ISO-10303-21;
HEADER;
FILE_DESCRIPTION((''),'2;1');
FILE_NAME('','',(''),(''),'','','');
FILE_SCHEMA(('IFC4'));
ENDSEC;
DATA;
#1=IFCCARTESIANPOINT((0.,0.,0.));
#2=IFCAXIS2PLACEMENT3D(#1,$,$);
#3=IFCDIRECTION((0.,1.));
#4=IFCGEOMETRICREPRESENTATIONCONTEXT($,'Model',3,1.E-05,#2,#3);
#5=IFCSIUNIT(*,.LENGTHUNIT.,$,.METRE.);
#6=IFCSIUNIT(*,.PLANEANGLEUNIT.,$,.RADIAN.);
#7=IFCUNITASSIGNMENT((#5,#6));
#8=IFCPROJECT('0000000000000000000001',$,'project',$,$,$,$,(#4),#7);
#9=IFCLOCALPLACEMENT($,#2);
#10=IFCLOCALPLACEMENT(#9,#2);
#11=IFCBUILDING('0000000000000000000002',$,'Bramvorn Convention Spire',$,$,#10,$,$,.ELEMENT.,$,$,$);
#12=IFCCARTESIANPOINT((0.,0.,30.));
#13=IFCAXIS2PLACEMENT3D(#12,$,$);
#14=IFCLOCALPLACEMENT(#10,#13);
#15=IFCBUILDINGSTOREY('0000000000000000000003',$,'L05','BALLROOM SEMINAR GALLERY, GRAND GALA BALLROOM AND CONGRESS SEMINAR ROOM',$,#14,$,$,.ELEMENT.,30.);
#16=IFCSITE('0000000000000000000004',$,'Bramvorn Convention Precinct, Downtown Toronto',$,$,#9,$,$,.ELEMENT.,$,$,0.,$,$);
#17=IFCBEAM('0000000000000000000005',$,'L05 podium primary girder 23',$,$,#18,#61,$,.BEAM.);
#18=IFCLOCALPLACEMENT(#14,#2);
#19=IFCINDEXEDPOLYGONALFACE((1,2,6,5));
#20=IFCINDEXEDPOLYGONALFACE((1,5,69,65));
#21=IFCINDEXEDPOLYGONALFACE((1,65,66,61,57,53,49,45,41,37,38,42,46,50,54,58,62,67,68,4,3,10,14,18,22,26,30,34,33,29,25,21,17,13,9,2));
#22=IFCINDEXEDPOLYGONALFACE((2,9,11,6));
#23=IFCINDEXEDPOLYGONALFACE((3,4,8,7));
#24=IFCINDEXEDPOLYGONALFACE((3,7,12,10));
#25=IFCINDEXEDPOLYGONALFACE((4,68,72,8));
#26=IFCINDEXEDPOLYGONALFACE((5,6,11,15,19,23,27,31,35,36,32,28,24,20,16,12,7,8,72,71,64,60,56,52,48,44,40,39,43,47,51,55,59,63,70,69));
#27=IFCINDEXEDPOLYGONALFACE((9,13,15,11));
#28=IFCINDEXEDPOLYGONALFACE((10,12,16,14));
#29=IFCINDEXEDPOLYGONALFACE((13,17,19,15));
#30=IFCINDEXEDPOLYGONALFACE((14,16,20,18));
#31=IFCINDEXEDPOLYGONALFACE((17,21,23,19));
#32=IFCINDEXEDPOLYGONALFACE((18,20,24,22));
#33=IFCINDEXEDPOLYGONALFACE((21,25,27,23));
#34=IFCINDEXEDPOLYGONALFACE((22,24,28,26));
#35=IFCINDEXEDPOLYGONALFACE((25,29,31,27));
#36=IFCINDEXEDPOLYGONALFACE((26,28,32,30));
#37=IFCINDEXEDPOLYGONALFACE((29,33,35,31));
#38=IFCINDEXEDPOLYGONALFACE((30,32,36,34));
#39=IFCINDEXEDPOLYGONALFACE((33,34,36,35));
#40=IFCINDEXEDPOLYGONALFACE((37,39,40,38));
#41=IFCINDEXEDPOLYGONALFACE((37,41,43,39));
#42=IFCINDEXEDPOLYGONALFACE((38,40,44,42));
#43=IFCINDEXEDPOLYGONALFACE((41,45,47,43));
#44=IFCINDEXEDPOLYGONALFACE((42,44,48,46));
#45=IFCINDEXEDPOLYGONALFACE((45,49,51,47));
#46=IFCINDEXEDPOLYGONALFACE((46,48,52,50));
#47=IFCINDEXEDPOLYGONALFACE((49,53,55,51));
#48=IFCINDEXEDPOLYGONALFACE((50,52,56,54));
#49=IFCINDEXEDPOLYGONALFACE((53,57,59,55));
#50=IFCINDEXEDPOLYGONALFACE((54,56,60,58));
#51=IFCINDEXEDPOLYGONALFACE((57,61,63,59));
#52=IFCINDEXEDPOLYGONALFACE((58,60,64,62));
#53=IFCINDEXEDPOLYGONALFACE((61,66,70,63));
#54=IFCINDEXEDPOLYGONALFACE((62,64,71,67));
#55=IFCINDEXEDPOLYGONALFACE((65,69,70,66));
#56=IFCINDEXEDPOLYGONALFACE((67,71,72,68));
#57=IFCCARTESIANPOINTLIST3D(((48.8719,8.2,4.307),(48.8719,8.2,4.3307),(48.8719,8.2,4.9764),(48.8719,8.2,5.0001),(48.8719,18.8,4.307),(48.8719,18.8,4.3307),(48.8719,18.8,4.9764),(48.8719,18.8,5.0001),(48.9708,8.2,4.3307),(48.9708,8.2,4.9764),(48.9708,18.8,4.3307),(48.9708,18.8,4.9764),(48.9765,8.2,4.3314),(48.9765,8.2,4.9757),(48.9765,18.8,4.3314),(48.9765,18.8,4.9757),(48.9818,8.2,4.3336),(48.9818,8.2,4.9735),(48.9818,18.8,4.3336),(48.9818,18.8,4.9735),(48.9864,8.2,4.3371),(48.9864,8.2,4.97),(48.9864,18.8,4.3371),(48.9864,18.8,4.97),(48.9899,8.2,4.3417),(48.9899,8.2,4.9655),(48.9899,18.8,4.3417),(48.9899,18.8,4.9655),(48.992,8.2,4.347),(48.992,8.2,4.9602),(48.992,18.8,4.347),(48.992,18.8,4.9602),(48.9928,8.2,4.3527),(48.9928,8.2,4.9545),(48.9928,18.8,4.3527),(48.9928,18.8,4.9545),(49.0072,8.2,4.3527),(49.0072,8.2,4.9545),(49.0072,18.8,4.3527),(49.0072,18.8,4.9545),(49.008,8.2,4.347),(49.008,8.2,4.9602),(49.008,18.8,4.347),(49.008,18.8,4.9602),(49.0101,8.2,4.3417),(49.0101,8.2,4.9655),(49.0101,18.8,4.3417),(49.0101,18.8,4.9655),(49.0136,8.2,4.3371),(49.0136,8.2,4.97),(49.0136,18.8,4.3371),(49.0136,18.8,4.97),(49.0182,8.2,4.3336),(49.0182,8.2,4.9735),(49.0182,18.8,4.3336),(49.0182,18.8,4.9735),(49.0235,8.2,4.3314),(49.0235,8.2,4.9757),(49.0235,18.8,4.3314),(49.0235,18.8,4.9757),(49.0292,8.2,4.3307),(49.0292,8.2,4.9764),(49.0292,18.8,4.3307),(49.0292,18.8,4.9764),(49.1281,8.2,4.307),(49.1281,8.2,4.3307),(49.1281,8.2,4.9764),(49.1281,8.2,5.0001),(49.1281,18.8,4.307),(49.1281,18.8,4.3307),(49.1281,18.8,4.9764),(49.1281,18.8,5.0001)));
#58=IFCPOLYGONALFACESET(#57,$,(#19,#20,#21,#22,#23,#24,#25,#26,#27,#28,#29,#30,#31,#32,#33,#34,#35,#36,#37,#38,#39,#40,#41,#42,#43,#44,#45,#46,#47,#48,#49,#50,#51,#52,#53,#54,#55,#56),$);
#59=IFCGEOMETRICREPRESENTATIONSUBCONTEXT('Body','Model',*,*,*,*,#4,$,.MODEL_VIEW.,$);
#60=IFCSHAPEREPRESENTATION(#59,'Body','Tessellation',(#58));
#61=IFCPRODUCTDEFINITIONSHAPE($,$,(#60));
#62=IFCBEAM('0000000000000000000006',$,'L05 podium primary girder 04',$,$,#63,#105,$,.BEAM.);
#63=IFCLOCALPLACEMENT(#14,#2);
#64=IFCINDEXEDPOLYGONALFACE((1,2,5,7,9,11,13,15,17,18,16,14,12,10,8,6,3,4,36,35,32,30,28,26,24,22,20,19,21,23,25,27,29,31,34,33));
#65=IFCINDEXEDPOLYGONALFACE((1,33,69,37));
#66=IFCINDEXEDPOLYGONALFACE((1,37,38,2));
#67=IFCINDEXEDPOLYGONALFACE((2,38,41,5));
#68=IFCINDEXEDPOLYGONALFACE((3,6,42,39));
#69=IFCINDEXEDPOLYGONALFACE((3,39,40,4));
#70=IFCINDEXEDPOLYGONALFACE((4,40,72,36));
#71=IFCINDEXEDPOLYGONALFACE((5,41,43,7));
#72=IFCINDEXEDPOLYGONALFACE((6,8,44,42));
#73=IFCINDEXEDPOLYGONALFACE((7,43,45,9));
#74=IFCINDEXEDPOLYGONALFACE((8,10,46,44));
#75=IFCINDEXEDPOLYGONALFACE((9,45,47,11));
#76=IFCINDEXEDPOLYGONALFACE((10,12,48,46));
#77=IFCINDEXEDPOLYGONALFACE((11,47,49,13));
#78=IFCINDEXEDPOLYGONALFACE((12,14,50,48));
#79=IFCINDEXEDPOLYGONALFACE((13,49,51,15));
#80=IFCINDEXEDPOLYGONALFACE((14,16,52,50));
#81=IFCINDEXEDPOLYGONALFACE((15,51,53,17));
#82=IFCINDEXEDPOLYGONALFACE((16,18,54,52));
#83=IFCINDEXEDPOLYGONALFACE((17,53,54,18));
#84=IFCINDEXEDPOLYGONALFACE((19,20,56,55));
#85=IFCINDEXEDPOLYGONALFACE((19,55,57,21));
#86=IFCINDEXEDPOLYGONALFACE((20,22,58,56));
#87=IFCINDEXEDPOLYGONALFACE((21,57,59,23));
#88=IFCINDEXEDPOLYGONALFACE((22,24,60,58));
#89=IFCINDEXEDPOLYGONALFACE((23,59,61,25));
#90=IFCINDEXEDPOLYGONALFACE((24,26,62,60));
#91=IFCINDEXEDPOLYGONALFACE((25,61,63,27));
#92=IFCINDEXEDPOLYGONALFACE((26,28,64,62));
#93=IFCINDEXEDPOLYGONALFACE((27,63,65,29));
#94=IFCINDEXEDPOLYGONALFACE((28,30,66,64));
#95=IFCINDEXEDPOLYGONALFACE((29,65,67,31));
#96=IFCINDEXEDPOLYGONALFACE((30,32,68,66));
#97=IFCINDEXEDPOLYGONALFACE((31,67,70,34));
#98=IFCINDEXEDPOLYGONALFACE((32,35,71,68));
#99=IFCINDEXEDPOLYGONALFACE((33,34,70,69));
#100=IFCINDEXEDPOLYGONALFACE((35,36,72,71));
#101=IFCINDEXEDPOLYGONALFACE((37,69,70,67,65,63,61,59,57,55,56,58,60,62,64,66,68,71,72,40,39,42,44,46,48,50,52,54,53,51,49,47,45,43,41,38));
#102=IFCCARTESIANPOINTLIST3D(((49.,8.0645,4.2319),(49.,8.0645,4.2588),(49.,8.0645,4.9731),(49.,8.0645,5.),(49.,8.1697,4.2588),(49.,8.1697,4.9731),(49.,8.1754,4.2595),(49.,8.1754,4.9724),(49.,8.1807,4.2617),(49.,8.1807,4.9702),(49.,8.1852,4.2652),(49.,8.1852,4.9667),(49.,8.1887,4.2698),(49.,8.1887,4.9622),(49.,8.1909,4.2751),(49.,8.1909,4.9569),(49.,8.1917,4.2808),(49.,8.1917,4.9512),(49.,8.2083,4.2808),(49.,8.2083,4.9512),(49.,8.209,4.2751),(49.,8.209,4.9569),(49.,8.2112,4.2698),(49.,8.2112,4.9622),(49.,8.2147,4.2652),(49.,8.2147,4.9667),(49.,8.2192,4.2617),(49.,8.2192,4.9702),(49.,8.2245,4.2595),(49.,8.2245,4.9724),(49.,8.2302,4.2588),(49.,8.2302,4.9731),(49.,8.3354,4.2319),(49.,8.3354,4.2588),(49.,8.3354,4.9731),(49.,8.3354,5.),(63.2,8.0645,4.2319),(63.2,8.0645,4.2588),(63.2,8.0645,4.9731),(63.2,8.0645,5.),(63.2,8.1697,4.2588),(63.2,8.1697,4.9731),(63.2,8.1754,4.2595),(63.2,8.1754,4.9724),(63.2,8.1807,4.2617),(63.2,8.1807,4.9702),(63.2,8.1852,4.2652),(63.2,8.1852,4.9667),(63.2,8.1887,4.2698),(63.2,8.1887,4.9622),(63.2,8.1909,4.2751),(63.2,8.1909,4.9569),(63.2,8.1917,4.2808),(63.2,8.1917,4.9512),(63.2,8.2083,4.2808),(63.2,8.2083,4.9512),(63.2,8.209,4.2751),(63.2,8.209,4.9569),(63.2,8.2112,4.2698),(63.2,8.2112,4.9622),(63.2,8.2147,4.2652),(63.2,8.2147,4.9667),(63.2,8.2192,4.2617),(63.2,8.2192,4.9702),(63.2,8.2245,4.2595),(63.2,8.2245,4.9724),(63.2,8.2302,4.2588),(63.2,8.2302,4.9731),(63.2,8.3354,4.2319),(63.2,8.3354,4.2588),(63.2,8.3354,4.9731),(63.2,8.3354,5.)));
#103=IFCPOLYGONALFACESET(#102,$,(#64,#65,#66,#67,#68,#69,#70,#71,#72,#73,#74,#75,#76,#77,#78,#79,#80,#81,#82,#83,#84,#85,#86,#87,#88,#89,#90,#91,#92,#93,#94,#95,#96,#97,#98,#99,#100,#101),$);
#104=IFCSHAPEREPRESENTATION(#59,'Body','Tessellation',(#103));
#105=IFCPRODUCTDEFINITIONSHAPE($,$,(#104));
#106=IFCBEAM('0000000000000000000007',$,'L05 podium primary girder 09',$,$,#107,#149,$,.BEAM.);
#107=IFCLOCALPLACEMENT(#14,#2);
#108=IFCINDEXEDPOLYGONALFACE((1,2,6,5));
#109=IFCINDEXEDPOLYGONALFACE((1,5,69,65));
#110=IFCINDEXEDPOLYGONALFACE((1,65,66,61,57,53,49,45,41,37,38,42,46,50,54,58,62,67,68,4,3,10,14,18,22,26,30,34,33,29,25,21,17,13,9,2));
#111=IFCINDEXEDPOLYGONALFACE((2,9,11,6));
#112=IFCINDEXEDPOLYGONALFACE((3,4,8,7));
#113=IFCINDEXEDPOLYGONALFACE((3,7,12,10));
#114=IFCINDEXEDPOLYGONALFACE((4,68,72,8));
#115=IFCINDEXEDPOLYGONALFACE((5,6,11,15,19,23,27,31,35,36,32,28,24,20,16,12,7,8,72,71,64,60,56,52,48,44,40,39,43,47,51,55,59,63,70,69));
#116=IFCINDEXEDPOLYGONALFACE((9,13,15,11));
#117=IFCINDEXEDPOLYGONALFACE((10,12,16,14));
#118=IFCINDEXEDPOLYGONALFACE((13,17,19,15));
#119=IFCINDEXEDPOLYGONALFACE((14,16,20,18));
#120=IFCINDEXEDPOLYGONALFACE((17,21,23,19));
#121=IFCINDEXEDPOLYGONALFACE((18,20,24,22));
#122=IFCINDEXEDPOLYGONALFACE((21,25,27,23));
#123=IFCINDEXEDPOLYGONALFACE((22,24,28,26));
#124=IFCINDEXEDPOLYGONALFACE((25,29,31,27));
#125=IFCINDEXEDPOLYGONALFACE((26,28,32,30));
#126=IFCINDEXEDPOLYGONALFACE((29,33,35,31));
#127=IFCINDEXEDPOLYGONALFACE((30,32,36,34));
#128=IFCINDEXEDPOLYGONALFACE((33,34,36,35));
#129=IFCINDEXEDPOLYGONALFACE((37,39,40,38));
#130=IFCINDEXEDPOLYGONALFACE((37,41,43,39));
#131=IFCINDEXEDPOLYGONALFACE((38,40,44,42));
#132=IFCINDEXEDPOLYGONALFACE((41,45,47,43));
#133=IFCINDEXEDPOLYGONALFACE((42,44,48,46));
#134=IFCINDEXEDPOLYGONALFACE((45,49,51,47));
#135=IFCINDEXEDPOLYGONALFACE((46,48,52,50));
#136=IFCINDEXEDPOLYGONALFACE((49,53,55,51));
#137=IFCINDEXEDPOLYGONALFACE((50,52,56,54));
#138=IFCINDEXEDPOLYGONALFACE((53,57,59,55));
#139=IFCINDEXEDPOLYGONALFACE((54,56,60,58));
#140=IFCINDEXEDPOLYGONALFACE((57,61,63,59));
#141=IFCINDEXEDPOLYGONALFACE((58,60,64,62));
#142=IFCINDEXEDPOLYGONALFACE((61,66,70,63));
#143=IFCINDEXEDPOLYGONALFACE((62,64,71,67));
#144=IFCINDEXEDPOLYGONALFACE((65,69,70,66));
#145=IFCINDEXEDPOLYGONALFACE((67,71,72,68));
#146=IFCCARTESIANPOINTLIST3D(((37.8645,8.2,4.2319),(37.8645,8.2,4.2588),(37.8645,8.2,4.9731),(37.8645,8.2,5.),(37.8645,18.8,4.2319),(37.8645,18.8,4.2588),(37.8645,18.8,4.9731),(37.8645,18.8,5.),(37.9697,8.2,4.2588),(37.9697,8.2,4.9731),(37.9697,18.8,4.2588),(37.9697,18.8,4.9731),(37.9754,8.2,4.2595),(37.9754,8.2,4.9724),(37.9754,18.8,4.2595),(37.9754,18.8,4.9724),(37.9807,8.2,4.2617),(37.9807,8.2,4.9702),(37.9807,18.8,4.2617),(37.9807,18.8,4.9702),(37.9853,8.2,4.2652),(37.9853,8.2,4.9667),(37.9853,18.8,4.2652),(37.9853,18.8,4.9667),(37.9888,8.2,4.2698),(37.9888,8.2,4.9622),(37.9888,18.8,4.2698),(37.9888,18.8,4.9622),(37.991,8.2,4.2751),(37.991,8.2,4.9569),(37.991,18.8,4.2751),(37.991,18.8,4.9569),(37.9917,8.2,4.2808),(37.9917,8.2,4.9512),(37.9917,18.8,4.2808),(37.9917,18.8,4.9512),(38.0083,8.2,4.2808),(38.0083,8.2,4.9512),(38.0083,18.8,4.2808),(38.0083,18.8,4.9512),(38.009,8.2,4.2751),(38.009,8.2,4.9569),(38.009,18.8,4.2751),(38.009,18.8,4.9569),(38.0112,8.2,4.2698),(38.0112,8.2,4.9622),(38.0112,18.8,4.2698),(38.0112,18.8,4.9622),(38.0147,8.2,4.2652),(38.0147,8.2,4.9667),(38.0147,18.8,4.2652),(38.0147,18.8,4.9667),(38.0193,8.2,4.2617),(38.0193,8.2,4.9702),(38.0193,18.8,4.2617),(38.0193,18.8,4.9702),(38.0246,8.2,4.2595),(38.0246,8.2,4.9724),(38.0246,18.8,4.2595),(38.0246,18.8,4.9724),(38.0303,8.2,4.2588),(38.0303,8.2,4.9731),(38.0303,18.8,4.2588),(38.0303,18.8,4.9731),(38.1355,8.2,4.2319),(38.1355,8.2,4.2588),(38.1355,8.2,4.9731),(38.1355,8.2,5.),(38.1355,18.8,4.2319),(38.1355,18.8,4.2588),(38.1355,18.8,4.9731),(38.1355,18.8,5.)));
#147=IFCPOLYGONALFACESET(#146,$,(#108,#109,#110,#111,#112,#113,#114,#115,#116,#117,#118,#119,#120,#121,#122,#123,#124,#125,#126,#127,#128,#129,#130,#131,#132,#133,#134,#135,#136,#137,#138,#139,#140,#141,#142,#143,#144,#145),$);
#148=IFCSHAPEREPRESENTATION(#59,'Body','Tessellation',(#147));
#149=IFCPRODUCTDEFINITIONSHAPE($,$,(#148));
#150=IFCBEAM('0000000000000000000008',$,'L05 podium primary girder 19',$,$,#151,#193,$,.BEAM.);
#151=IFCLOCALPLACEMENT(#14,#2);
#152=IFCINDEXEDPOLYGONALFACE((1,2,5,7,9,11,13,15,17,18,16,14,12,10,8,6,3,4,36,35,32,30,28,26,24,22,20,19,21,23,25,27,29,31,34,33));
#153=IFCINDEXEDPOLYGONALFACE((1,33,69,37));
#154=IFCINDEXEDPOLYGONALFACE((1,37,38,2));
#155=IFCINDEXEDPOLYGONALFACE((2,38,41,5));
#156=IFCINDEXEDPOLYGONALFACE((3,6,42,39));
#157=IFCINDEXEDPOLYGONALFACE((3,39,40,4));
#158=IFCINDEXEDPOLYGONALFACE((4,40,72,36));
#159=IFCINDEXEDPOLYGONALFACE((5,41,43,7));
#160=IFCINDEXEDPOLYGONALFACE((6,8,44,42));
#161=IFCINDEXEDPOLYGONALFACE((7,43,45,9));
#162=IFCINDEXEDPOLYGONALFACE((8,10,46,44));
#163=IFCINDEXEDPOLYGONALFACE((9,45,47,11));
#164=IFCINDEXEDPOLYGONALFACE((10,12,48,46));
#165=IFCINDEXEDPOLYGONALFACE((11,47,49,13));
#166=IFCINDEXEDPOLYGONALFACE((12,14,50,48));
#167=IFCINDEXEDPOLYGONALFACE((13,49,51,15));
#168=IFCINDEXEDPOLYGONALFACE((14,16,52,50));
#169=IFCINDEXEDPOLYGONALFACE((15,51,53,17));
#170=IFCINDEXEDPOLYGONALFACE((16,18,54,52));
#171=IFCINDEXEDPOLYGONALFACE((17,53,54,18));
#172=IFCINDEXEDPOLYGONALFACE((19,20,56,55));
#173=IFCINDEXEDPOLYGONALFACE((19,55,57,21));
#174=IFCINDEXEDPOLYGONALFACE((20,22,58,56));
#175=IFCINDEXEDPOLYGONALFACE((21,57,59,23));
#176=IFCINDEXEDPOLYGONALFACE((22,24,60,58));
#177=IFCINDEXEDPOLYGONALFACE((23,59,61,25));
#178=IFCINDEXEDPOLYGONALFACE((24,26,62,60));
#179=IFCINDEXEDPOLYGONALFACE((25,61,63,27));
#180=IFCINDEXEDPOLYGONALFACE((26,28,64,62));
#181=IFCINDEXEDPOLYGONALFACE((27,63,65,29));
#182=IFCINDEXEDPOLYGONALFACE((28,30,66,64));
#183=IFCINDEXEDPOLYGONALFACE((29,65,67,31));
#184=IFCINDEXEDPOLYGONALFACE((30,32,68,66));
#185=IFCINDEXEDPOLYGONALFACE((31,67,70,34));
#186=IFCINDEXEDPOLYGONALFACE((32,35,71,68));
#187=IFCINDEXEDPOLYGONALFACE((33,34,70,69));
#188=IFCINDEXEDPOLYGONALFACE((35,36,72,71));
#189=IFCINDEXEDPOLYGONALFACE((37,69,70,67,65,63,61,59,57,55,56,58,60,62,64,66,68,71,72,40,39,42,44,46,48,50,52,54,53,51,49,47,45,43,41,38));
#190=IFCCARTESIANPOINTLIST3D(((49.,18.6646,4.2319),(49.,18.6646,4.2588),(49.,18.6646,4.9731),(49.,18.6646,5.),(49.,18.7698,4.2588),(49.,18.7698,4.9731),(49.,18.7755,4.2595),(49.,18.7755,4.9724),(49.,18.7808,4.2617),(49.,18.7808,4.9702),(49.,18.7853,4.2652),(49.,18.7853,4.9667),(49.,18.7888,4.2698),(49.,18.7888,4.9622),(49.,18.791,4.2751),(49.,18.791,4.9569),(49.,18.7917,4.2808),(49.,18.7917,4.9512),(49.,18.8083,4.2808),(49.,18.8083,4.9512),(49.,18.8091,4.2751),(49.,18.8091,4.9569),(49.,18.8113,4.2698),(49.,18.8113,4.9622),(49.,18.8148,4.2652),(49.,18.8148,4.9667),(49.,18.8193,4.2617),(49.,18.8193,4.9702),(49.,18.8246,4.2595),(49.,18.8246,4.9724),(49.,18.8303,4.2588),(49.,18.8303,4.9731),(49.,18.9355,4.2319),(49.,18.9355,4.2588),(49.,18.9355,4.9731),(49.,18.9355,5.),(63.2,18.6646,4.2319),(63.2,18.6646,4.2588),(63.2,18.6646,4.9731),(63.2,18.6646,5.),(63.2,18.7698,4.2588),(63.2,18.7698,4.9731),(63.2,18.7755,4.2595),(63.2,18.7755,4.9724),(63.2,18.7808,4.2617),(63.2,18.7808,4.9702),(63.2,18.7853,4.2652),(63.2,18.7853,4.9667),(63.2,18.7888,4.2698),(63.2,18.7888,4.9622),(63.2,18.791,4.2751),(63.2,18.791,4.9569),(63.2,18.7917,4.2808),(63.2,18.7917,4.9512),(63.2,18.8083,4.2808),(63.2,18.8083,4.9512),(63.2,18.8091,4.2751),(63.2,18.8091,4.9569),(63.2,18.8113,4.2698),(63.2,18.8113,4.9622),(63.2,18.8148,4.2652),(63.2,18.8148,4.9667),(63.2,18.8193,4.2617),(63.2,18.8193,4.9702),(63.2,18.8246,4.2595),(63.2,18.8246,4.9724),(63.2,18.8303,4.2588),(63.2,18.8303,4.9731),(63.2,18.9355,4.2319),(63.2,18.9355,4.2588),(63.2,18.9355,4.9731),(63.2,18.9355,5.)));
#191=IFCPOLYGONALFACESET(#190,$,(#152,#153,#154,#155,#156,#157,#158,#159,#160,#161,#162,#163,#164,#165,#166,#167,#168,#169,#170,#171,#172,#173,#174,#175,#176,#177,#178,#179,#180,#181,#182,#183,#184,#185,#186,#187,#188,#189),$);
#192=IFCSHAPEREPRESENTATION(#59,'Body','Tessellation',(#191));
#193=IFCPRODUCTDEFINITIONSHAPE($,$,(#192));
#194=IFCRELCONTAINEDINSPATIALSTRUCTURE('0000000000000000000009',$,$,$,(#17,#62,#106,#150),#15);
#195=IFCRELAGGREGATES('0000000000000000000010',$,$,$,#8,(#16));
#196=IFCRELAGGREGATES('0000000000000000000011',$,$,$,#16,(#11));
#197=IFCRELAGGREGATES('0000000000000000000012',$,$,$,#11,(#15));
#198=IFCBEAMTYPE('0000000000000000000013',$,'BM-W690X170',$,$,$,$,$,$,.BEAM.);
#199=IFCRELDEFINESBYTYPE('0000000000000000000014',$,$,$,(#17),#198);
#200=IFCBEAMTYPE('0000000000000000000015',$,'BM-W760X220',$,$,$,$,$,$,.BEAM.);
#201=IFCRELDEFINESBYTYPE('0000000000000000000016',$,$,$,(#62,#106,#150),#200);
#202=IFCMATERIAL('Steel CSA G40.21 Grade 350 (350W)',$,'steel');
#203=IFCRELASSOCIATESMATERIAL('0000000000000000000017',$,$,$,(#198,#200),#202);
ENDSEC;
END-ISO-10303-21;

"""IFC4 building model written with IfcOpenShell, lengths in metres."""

from ifc_helpers import new_model, si_unit, direction, frame, origin, origin_2d, place, context, subcontext, project, spatial, i_section, extrude, material, material_profile, profile_set, type_object, element, save


model = new_model("IFC4")

# Units and contexts
model_context = context("Model", 3, precision=1e-05, world=origin(), true_north=direction((0.0, 1.0)))
body_context = subcontext(model_context, "Body", "Model", "MODEL_VIEW")
ifc_project = project(units=[si_unit("LENGTHUNIT", "METRE"), si_unit("PLANEANGLEUNIT", "RADIAN")], contexts=[model_context])

# Site, building, storey
site_placement = place(None, origin())
site = spatial("IfcSite", under=ifc_project, at=site_placement, Name="Bramvorn Convention Precinct, Downtown Toronto", CompositionType="ELEMENT", RefElevation=0.0)
building_placement = place(site_placement, origin())
building = spatial("IfcBuilding", under=site, at=building_placement, Name="Bramvorn Convention Spire", CompositionType="ELEMENT")
storey_placement = place(building_placement, frame((0.0, 0.0, 30.0)))
storey = spatial("IfcBuildingStorey", under=building, at=storey_placement, Name="L05", Description="BALLROOM SEMINAR GALLERY, GRAND GALA BALLROOM AND CONGRESS SEMINAR ROOM", CompositionType="ELEMENT", Elevation=30.0)

# Shared definitions
ifc_material_1 = material(Name="Steel CSA G40.21 Grade 350 (350W)", Category="steel")

# Beams
ifc_material_profile_1 = material_profile(ifc_material_1, i_section(OverallWidth=0.2561, OverallDepth=0.6931, WebThickness=0.0144, FlangeThickness=0.0237, FilletRadius=0.022, at=origin_2d()))
ifc_profile_set_1 = profile_set([ifc_material_profile_1], Name="Steel CSA G40.21 Grade 350 (350W) - W690X170")
beam_type_1 = type_object("IfcBeamType", Name="BM-W690X170", PredefinedType="BEAM", material=ifc_profile_set_1)
beam_1_placement = place(storey_placement, frame((49.0, 8.2, 4.6536), z_axis=(0.0, 1.0, 0.0), x_axis=(-1.0, 0.0, 0.0)))
element("IfcBeam", 1, at=beam_1_placement, inside=storey, type_object=beam_type_1, Name="L05 podium primary girder 23", PredefinedType="BEAM", context=body_context, shape_type="SweptSolid", body=[
    extrude(i_section(OverallWidth=0.2561, OverallDepth=0.6931, WebThickness=0.0144, FlangeThickness=0.0237, FilletRadius=0.022, at=origin_2d()), origin(), (0.0, 0.0, 1.0), 10.6001),
])
ifc_material_profile_2 = material_profile(ifc_material_1, i_section(OverallWidth=0.271, OverallDepth=0.7681, WebThickness=0.0166, FlangeThickness=0.0269, FilletRadius=0.022, at=origin_2d()))
ifc_profile_set_2 = profile_set([ifc_material_profile_2], Name="Steel CSA G40.21 Grade 350 (350W) - W760X220")
beam_type_2 = type_object("IfcBeamType", Name="BM-W760X220", PredefinedType="BEAM", material=ifc_profile_set_2)
beam_2_placement = place(storey_placement, frame((49.0, 8.2, 4.616), z_axis=(1.0, 0.0, 0.0), x_axis=(0.0, 1.0, 0.0)))
element("IfcBeam", 2, at=beam_2_placement, inside=storey, type_object=beam_type_2, Name="L05 podium primary girder 04", PredefinedType="BEAM", context=body_context, shape_type="SweptSolid", body=[
    extrude(i_section(OverallWidth=0.271, OverallDepth=0.7681, WebThickness=0.0166, FlangeThickness=0.0269, FilletRadius=0.022, at=origin_2d()), origin(), (0.0, 0.0, 1.0), 14.2),
])
beam_3_placement = place(storey_placement, frame((38.0, 8.2, 4.616), z_axis=(0.0, 1.0, 0.0), x_axis=(-1.0, 0.0, 0.0)))
element("IfcBeam", 3, at=beam_3_placement, inside=storey, type_object=beam_type_2, Name="L05 podium primary girder 09", PredefinedType="BEAM", context=body_context, shape_type="SweptSolid", body=[
    extrude(i_section(OverallWidth=0.271, OverallDepth=0.7681, WebThickness=0.0166, FlangeThickness=0.0269, FilletRadius=0.022, at=origin_2d()), origin(), (0.0, 0.0, 1.0), 10.6001),
])
beam_4_placement = place(storey_placement, frame((49.0, 18.8, 4.616), z_axis=(1.0, 0.0, 0.0), x_axis=(0.0, 1.0, 0.0)))
element("IfcBeam", 4, at=beam_4_placement, inside=storey, type_object=beam_type_2, Name="L05 podium primary girder 19", PredefinedType="BEAM", context=body_context, shape_type="SweptSolid", body=[
    extrude(i_section(OverallWidth=0.271, OverallDepth=0.7681, WebThickness=0.0166, FlangeThickness=0.0269, FilletRadius=0.022, at=origin_2d()), origin(), (0.0, 0.0, 1.0), 14.2),
])

save(model, "model.ifc")
